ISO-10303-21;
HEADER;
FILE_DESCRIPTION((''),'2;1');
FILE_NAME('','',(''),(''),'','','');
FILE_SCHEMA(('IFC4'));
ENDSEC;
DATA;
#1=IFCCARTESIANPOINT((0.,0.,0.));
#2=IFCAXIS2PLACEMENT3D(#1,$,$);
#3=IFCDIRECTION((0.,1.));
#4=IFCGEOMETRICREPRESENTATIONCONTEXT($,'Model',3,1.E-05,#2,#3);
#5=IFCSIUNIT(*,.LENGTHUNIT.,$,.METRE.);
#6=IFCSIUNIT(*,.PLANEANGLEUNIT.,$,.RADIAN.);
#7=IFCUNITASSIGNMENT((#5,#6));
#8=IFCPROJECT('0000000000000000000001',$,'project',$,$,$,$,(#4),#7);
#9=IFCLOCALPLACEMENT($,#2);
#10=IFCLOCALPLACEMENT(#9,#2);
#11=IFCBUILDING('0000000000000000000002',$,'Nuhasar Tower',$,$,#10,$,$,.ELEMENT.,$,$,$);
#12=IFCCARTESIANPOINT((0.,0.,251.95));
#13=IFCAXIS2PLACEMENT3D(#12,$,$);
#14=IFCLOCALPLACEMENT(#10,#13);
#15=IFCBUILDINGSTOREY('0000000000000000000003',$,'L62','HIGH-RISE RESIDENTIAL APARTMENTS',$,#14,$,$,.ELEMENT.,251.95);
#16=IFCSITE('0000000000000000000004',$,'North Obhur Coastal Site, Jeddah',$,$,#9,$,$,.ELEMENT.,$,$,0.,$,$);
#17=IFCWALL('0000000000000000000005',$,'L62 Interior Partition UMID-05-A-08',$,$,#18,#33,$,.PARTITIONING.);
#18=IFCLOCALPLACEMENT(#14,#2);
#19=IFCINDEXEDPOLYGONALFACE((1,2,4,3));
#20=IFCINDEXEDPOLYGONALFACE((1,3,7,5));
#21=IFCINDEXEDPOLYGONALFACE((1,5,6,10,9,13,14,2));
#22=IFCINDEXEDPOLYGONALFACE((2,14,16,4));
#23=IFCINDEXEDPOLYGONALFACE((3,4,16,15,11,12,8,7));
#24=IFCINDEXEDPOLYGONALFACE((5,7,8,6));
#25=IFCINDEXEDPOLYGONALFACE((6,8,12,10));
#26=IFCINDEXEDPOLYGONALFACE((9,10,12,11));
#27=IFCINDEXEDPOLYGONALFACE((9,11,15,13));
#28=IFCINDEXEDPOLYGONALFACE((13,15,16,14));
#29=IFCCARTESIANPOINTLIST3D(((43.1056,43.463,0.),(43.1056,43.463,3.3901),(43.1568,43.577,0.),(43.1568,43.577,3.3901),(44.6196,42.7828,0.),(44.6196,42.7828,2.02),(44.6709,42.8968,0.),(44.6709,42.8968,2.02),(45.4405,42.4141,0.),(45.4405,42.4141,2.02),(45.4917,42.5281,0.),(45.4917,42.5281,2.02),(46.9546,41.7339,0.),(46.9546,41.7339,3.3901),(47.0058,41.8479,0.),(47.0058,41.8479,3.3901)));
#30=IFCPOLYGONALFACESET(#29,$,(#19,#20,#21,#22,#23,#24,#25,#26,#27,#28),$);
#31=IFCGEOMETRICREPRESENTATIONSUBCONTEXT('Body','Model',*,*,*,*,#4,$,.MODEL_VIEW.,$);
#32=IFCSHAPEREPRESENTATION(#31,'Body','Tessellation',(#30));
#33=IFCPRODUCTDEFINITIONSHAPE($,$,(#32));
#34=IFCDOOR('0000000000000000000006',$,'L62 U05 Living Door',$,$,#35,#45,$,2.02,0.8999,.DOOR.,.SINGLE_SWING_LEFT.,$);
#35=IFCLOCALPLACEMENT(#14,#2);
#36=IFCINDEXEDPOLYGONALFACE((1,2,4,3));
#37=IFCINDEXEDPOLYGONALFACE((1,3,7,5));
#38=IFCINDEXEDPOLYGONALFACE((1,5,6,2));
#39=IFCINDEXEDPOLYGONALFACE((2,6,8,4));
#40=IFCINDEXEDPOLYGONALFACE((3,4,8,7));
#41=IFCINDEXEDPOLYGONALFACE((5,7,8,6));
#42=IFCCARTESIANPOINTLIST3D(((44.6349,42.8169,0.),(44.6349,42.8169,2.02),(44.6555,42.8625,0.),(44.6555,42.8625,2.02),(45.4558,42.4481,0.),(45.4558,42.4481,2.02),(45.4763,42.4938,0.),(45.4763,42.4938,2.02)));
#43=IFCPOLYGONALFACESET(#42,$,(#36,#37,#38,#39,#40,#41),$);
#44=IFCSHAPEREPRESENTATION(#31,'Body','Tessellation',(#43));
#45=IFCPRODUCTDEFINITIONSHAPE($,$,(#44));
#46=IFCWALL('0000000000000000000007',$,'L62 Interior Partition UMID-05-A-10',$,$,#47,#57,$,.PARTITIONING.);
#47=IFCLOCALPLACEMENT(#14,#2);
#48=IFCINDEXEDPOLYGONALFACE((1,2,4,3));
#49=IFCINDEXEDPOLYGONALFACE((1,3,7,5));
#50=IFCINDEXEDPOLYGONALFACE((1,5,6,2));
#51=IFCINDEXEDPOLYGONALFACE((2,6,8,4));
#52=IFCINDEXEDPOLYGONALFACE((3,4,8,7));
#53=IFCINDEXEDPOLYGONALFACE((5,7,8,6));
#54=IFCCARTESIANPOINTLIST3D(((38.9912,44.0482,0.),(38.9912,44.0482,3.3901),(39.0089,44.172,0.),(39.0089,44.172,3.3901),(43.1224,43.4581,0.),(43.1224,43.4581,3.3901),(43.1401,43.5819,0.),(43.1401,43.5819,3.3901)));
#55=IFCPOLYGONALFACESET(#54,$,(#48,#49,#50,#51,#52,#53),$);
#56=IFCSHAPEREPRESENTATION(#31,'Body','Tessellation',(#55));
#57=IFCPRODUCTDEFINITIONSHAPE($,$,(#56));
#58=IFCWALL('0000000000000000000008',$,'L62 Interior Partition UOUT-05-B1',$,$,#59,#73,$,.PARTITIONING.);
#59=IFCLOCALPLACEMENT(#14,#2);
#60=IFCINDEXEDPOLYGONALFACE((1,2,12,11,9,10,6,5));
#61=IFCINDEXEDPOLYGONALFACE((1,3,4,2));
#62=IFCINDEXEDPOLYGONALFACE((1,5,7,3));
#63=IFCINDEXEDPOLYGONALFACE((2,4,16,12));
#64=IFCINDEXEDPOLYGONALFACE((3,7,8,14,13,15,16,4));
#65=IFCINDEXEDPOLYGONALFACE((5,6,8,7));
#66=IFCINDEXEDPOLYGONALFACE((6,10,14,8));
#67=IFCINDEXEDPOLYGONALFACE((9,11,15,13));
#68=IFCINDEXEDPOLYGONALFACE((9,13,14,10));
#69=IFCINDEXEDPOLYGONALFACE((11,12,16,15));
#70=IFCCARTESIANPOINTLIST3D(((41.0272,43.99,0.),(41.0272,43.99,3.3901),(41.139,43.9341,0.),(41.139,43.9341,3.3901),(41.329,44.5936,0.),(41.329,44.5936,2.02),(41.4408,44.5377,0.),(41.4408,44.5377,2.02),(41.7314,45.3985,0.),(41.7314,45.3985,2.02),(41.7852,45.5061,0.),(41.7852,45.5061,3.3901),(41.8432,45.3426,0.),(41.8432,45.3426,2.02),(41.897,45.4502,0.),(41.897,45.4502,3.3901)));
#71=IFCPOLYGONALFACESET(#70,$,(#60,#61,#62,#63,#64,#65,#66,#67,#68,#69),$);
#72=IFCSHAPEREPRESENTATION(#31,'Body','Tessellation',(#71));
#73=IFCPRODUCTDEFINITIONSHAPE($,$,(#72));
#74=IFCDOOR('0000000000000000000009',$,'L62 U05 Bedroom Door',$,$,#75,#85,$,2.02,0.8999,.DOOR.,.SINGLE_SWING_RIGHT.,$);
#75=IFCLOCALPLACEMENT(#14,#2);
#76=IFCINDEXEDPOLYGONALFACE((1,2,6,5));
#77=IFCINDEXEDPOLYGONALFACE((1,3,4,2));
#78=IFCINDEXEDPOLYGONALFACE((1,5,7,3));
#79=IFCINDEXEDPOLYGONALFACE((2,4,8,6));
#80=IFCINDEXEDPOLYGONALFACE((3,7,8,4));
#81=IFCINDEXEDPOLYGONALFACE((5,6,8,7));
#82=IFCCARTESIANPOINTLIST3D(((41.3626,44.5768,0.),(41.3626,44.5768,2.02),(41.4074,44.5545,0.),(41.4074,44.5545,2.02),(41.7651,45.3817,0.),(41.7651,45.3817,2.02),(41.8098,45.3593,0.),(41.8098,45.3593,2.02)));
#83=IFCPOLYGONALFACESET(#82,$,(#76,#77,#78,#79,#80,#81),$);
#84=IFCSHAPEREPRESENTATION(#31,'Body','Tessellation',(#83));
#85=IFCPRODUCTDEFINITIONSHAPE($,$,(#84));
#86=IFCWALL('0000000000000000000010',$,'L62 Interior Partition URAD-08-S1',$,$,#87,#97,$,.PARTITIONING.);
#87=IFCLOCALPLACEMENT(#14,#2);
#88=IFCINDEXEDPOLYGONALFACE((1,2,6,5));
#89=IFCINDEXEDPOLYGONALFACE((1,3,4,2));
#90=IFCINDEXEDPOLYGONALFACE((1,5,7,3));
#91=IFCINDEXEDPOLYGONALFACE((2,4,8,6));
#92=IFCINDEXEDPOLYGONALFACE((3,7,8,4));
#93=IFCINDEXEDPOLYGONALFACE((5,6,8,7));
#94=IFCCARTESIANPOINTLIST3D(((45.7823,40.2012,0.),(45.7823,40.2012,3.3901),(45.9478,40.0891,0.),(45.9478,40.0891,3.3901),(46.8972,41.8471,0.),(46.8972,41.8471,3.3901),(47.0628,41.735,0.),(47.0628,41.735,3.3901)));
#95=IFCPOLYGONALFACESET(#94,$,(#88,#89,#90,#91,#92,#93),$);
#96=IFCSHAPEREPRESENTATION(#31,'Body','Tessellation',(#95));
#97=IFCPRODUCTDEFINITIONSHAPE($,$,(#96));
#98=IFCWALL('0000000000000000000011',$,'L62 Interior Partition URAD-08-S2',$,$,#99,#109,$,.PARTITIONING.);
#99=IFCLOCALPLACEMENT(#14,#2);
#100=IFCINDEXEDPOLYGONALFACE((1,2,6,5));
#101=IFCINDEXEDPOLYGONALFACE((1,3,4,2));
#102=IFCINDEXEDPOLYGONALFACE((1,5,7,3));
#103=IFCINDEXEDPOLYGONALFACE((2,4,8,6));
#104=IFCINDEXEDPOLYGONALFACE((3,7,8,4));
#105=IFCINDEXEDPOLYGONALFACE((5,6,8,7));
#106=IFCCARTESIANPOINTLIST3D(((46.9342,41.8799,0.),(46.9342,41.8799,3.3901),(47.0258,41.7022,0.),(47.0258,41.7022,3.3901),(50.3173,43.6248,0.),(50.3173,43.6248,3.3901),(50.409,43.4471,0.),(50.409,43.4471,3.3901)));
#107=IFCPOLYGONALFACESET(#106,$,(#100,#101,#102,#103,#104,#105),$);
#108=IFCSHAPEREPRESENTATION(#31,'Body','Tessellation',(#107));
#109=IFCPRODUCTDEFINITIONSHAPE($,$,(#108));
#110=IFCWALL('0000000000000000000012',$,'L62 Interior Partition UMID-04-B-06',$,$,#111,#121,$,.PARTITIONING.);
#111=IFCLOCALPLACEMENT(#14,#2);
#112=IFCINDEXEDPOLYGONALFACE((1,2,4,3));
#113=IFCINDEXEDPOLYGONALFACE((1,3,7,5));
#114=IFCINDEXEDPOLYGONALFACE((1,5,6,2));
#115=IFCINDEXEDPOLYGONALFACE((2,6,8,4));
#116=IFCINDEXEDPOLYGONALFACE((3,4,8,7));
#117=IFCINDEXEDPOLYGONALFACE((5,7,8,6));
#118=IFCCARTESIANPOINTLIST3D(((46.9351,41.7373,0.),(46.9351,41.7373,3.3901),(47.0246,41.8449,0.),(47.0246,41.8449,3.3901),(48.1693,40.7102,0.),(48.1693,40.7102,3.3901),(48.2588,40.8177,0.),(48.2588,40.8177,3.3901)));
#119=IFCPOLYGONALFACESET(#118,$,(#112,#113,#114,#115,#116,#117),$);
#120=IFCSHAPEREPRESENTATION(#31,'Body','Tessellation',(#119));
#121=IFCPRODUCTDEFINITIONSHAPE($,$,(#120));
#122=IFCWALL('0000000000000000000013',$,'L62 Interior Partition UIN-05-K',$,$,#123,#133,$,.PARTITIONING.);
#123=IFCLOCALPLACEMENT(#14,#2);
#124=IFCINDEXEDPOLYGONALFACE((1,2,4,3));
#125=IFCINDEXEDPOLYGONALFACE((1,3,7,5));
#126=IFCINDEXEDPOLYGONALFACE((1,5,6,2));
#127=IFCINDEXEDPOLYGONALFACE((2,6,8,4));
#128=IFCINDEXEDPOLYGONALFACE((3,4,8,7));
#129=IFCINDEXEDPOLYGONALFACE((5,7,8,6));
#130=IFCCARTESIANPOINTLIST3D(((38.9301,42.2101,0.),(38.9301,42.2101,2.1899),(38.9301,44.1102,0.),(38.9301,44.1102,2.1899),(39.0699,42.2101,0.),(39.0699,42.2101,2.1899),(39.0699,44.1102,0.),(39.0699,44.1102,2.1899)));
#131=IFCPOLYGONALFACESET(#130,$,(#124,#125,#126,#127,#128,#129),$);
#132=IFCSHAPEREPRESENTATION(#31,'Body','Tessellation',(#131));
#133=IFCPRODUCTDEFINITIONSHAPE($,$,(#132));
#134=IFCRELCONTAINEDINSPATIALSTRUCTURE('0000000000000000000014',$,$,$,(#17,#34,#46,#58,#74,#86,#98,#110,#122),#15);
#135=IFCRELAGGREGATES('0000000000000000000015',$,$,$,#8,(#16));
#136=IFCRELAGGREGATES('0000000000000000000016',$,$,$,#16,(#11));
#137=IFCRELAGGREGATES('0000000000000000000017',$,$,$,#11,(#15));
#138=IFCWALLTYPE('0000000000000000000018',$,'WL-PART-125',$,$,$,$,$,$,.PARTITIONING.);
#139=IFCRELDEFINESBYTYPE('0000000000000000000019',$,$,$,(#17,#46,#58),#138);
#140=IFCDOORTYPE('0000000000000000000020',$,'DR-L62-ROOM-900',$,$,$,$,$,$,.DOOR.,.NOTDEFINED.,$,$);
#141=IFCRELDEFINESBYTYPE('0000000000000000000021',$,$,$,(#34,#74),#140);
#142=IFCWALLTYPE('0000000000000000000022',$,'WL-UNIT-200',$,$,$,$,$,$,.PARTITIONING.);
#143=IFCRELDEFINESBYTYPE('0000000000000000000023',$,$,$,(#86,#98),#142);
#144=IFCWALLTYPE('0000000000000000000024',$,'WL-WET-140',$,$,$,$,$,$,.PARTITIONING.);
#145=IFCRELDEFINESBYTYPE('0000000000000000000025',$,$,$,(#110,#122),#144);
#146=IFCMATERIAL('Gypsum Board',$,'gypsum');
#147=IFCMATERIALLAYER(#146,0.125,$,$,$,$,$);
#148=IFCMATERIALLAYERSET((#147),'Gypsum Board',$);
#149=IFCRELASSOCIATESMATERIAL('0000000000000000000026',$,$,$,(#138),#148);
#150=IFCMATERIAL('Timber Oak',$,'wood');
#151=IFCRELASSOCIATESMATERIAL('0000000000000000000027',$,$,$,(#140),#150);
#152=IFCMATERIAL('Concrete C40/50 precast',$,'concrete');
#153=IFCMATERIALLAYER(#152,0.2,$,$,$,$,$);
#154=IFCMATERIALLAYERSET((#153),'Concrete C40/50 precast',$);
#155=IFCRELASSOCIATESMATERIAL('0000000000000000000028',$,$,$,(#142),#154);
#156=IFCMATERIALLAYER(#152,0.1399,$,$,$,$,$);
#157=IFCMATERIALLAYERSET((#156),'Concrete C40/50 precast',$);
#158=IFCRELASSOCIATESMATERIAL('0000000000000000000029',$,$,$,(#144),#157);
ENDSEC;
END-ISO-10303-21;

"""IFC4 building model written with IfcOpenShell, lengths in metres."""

from ifc_helpers import new_model, si_unit, direction, frame, frame_2d, origin, place, context, subcontext, project, spatial, rectangle, extrude, material, layer, layer_set, type_object, element, fill, save


model = new_model("IFC4")

# Units and contexts
model_context = context("Model", 3, precision=1e-05, world=origin(), true_north=direction((0.0, 1.0)))
body_context = subcontext(model_context, "Body", "Model", "MODEL_VIEW")
ifc_project = project(units=[si_unit("LENGTHUNIT", "METRE"), si_unit("PLANEANGLEUNIT", "RADIAN")], contexts=[model_context])

# Site, building, storey
site_placement = place(None, origin())
site = spatial("IfcSite", under=ifc_project, at=site_placement, Name="North Obhur Coastal Site, Jeddah", CompositionType="ELEMENT", RefElevation=0.0)
building_placement = place(site_placement, origin())
building = spatial("IfcBuilding", under=site, at=building_placement, Name="Nuhasar Tower", CompositionType="ELEMENT")
storey_placement = place(building_placement, frame((0.0, 0.0, 251.95)))
storey = spatial("IfcBuildingStorey", under=building, at=storey_placement, Name="L62", Description="HIGH-RISE RESIDENTIAL APARTMENTS", CompositionType="ELEMENT", Elevation=251.95)

# Shared definitions
ifc_material_1 = material(Name="Gypsum Board", Category="gypsum")
ifc_material_2 = material(Name="Timber Oak", Category="wood")

# Wall, opening, door
ifc_layer_1 = layer(ifc_material_1, 0.125)
ifc_layer_set_1 = layer_set([ifc_layer_1], Name="Gypsum Board")
wall_type_1 = type_object("IfcWallType", Name="WL-PART-125", PredefinedType="PARTITIONING", material=ifc_layer_set_1)
wall_1_placement = place(storey_placement, frame((43.1311, 43.52, 0.0), z_axis=(0.0, 0.0, 1.0), x_axis=(0.912187, -0.409775, 0.0)))
wall_1 = element("IfcWall", 1, at=wall_1_placement, inside=storey, type_object=wall_type_1, Name="L62 Interior Partition UMID-05-A-08", PredefinedType="PARTITIONING", context=body_context, shape_type="SweptSolid", body=[
    extrude(rectangle(XDim=4.2195, YDim=0.125, at=frame_2d((2.1099, 0.0))), origin(), (0.0, 0.0, 1.0), 3.3901),
])
opening_1_placement = place(wall_1_placement, frame((1.6599, 0.0, 0.0)))
opening_1 = element("IfcOpeningElement", 2, at=opening_1_placement, cuts=wall_1, PredefinedType="OPENING", context=body_context, shape_type="SweptSolid", body=[
    extrude(rectangle(XDim=0.8999, YDim=2.02, at=frame_2d((0.45, 1.01))), frame((0.0, 0.0725, 0.0), z_axis=(0.0, -1.0, 0.0), x_axis=(1.0, 0.0, 0.0)), (0.0, 0.0, 1.0), 0.145),
])
door_type_1 = type_object("IfcDoorType", Name="DR-L62-ROOM-900", OperationType="NOTDEFINED", PredefinedType="DOOR", material=ifc_material_2)
door_1_placement = place(opening_1_placement, origin())
door_1 = element("IfcDoor", 3, at=door_1_placement, inside=storey, type_object=door_type_1, Name="L62 U05 Living Door", OperationType="SINGLE_SWING_LEFT", OverallHeight=2.02, OverallWidth=0.8999, PredefinedType="DOOR", context=body_context, shape_type="SweptSolid", body=[
    extrude(rectangle(XDim=0.8999, YDim=2.02, at=frame_2d((0.45, 1.01))), frame((0.0, 0.0249, 0.0), z_axis=(0.0, -1.0, 0.0), x_axis=(1.0, 0.0, 0.0)), (0.0, 0.0, 1.0), 0.05),
])
fill(opening_1, door_1)

# Wall
wall_2_placement = place(storey_placement, frame((43.1311, 43.52, 0.0), z_axis=(0.0, 0.0, 1.0), x_axis=(-0.989952, 0.141405, 0.0)))
element("IfcWall", 4, at=wall_2_placement, inside=storey, type_object=wall_type_1, Name="L62 Interior Partition UMID-05-A-10", PredefinedType="PARTITIONING", context=body_context, shape_type="SweptSolid", body=[
    extrude(rectangle(XDim=4.1731, YDim=0.125, at=frame_2d((2.0864, 0.0))), origin(), (0.0, 0.0, 1.0), 3.3901),
])

# Wall, opening, door
wall_3_placement = place(storey_placement, frame((41.083, 43.9619, 0.0), z_axis=(0.0, 0.0, 1.0), x_axis=(0.447214, 0.894427, 0.0)))
wall_3 = element("IfcWall", 5, at=wall_3_placement, inside=storey, type_object=wall_type_1, Name="L62 Interior Partition UOUT-05-B1", PredefinedType="PARTITIONING", context=body_context, shape_type="SweptSolid", body=[
    extrude(rectangle(XDim=1.6951, YDim=0.125, at=frame_2d((0.8477, 0.0))), origin(), (0.0, 0.0, 1.0), 3.3901),
])
opening_2_placement = place(wall_3_placement, frame((0.675, 0.0, 0.0)))
opening_2 = element("IfcOpeningElement", 6, at=opening_2_placement, cuts=wall_3, PredefinedType="OPENING", context=body_context, shape_type="SweptSolid", body=[
    extrude(rectangle(XDim=0.8999, YDim=2.02, at=frame_2d((0.45, 1.01))), frame((0.0, 0.0725, 0.0), z_axis=(0.0, -1.0, 0.0), x_axis=(1.0, 0.0, 0.0)), (0.0, 0.0, 1.0), 0.145),
])
door_2_placement = place(opening_2_placement, origin())
door_2 = element("IfcDoor", 7, at=door_2_placement, inside=storey, type_object=door_type_1, Name="L62 U05 Bedroom Door", OperationType="SINGLE_SWING_RIGHT", OverallHeight=2.02, OverallWidth=0.8999, PredefinedType="DOOR", context=body_context, shape_type="SweptSolid", body=[
    extrude(rectangle(XDim=0.8999, YDim=2.02, at=frame_2d((0.45, 1.01))), frame((0.0, 0.0249, 0.0), z_axis=(0.0, -1.0, 0.0), x_axis=(1.0, 0.0, 0.0)), (0.0, 0.0, 1.0), 0.05),
])
fill(opening_2, door_2)

# Walls
ifc_material_3 = material(Name="Concrete C40/50 precast", Category="concrete")
ifc_layer_2 = layer(ifc_material_3, 0.2)
ifc_layer_set_2 = layer_set([ifc_layer_2], Name="Concrete C40/50 precast")
wall_type_2 = type_object("IfcWallType", Name="WL-UNIT-200", PredefinedType="PARTITIONING", material=ifc_layer_set_2)
wall_4_placement = place(storey_placement, frame((45.865, 40.145, 0.0), z_axis=(0.0, 0.0, 1.0), x_axis=(0.560835, 0.827928, 0.0)))
element("IfcWall", 8, at=wall_4_placement, inside=storey, type_object=wall_type_2, Name="L62 Interior Partition URAD-08-S1", PredefinedType="PARTITIONING", context=body_context, shape_type="SweptSolid", body=[
    extrude(rectangle(XDim=1.988, YDim=0.2, at=frame_2d((0.9941, 0.0))), origin(), (0.0, 0.0, 1.0), 3.3901),
])
wall_5_placement = place(storey_placement, frame((46.98, 41.791, 0.0), z_axis=(0.0, 0.0, 1.0), x_axis=(0.888751, 0.45839, 0.0)))
element("IfcWall", 9, at=wall_5_placement, inside=storey, type_object=wall_type_2, Name="L62 Interior Partition URAD-08-S2", PredefinedType="PARTITIONING", context=body_context, shape_type="SweptSolid", body=[
    extrude(rectangle(XDim=3.8066, YDim=0.2, at=frame_2d((1.9033, 0.0))), origin(), (0.0, 0.0, 1.0), 3.3901),
])
ifc_layer_3 = layer(ifc_material_3, 0.1399)
ifc_layer_set_3 = layer_set([ifc_layer_3], Name="Concrete C40/50 precast")
wall_type_3 = type_object("IfcWallType", Name="WL-WET-140", PredefinedType="PARTITIONING", material=ifc_layer_set_3)
wall_6_placement = place(storey_placement, frame((46.98, 41.791, 0.0), z_axis=(0.0, 0.0, 1.0), x_axis=(0.768632, -0.639691, 0.0)))
element("IfcWall", 10, at=wall_6_placement, inside=storey, type_object=wall_type_3, Name="L62 Interior Partition UMID-04-B-06", PredefinedType="PARTITIONING", context=body_context, shape_type="SweptSolid", body=[
    extrude(rectangle(XDim=1.6057, YDim=0.1399, at=frame_2d((0.8027, 0.0))), origin(), (0.0, 0.0, 1.0), 3.3901),
])
wall_7_placement = place(storey_placement, frame((39.0, 42.21, 0.0), z_axis=(0.0, 0.0, 1.0), x_axis=(0.0, 1.0, 0.0)))
element("IfcWall", 11, at=wall_7_placement, inside=storey, type_object=wall_type_3, Name="L62 Interior Partition UIN-05-K", PredefinedType="PARTITIONING", context=body_context, shape_type="SweptSolid", body=[
    extrude(rectangle(XDim=1.9001, YDim=0.1399, at=frame_2d((0.9502, 0.0))), origin(), (0.0, 0.0, 1.0), 2.1899),
])

save(model, "model.ifc")
